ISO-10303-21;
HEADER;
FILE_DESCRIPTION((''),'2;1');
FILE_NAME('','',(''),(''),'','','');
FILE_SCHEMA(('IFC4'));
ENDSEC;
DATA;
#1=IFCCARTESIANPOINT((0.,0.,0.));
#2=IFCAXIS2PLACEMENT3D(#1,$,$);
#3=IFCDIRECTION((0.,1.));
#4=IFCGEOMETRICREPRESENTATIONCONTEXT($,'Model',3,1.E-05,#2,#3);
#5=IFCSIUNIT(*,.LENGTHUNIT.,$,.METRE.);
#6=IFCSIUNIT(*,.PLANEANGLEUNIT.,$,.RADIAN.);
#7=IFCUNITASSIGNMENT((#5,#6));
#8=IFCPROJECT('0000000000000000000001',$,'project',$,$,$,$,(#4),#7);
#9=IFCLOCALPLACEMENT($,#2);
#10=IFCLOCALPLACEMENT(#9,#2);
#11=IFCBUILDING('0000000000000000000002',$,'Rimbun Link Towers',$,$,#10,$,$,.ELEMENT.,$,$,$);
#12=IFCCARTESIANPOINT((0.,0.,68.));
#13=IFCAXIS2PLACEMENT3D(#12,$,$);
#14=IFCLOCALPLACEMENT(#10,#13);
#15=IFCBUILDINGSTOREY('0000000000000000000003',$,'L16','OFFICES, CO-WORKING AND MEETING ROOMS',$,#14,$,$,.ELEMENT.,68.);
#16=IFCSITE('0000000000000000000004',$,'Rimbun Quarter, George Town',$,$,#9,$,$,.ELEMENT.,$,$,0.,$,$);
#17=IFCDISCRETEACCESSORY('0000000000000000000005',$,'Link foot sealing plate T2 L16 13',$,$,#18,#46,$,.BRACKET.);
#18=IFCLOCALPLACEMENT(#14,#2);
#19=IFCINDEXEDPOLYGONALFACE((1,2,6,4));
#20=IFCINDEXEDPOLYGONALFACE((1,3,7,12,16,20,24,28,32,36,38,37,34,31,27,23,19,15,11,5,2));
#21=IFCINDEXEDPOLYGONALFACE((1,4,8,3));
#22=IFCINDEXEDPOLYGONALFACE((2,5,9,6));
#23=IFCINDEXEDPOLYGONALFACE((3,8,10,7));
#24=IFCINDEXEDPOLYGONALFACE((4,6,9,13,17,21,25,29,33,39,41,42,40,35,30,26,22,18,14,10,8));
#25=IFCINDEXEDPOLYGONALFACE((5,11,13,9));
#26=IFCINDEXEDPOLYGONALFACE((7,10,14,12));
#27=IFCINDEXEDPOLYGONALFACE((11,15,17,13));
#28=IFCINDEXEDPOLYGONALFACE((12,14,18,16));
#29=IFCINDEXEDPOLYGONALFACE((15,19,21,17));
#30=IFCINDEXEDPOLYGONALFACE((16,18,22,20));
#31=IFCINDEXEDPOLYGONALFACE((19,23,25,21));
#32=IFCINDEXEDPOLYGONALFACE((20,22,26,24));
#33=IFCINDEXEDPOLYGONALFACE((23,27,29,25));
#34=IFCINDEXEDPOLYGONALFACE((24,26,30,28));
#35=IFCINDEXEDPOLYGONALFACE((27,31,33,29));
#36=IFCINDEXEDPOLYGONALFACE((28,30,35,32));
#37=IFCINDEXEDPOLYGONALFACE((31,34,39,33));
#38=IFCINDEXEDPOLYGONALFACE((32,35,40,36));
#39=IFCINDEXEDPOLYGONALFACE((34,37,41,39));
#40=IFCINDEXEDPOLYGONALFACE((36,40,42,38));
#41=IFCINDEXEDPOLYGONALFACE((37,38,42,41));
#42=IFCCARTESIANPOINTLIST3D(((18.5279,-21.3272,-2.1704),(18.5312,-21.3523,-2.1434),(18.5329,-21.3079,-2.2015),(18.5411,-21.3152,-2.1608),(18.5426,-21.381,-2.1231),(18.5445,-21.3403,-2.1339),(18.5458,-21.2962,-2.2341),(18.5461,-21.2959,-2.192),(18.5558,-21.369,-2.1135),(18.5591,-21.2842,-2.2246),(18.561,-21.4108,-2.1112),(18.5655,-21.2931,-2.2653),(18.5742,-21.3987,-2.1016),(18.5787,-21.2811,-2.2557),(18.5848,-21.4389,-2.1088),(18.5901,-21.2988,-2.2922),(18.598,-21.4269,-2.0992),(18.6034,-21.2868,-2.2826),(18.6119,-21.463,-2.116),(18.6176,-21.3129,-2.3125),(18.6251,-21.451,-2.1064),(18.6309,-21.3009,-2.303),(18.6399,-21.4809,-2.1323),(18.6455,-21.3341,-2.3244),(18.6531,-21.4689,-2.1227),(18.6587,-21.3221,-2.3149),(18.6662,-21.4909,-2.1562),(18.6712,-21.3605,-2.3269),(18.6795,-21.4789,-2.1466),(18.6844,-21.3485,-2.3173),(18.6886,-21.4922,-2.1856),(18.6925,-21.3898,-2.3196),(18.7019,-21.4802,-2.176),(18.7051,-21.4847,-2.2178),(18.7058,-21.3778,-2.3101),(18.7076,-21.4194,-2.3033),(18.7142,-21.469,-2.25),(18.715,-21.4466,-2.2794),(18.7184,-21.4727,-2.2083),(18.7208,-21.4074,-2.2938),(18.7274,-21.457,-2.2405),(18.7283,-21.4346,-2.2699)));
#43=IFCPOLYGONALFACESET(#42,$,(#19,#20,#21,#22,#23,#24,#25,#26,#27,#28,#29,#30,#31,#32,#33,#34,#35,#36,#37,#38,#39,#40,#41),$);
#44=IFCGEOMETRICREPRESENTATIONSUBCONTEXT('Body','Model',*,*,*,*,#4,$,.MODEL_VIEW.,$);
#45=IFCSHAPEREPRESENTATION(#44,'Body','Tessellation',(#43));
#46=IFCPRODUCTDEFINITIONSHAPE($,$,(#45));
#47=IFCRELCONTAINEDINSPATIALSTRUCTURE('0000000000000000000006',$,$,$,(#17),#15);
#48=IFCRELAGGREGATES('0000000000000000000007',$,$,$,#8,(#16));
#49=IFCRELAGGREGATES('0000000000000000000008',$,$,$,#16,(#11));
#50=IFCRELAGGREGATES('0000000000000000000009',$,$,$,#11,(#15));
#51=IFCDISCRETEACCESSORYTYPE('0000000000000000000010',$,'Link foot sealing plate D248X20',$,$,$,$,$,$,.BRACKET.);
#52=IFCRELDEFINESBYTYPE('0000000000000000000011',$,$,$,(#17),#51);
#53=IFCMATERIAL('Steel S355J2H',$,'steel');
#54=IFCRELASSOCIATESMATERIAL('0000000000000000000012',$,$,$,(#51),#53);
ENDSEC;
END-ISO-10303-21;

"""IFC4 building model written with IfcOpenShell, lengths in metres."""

from ifc_helpers import new_model, si_unit, direction, frame, origin, origin_2d, place, context, subcontext, project, spatial, circle, extrude, material, material_profile, profile_set, type_object, element, save


model = new_model("IFC4")

# Units and contexts
model_context = context("Model", 3, precision=1e-05, world=origin(), true_north=direction((0.0, 1.0)))
body_context = subcontext(model_context, "Body", "Model", "MODEL_VIEW")
ifc_project = project(units=[si_unit("LENGTHUNIT", "METRE"), si_unit("PLANEANGLEUNIT", "RADIAN")], contexts=[model_context])

# Site, building, storey
site_placement = place(None, origin())
site = spatial("IfcSite", under=ifc_project, at=site_placement, Name="Rimbun Quarter, George Town", CompositionType="ELEMENT", RefElevation=0.0)
building_placement = place(site_placement, origin())
building = spatial("IfcBuilding", under=site, at=building_placement, Name="Rimbun Link Towers", CompositionType="ELEMENT")
storey_placement = place(building_placement, frame((0.0, 0.0, 68.0)))
storey = spatial("IfcBuildingStorey", under=building, at=storey_placement, Name="L16", Description="OFFICES, CO-WORKING AND MEETING ROOMS", CompositionType="ELEMENT", Elevation=68.0)

# Discrete accessory
ifc_material_1 = material(Name="Steel S355J2H", Category="steel")
ifc_material_profile_1 = material_profile(ifc_material_1, circle(Radius=0.124, at=origin_2d()), Name="PL D248")
ifc_profile_set_1 = profile_set([ifc_material_profile_1], Name="Steel S355J2H")
discrete_accessory_type = type_object("IfcDiscreteAccessoryType", Name="Link foot sealing plate D248X20", PredefinedType="BRACKET", material=ifc_profile_set_1)
discrete_accessory_placement = place(storey_placement, frame((18.635, -21.3809, -2.2083), z_axis=(-0.653024, -0.592559, -0.471629), x_axis=(0.67199, -0.74056, 0.0)))
element("IfcDiscreteAccessory", 1, at=discrete_accessory_placement, inside=storey, type_object=discrete_accessory_type, Name="Link foot sealing plate T2 L16 13", PredefinedType="BRACKET", context=body_context, shape_type="SweptSolid", body=[
    extrude(circle(Radius=0.124, at=origin_2d()), origin(), (0.0, 0.0, 1.0), 0.0203),
])

save(model, "model.ifc")
